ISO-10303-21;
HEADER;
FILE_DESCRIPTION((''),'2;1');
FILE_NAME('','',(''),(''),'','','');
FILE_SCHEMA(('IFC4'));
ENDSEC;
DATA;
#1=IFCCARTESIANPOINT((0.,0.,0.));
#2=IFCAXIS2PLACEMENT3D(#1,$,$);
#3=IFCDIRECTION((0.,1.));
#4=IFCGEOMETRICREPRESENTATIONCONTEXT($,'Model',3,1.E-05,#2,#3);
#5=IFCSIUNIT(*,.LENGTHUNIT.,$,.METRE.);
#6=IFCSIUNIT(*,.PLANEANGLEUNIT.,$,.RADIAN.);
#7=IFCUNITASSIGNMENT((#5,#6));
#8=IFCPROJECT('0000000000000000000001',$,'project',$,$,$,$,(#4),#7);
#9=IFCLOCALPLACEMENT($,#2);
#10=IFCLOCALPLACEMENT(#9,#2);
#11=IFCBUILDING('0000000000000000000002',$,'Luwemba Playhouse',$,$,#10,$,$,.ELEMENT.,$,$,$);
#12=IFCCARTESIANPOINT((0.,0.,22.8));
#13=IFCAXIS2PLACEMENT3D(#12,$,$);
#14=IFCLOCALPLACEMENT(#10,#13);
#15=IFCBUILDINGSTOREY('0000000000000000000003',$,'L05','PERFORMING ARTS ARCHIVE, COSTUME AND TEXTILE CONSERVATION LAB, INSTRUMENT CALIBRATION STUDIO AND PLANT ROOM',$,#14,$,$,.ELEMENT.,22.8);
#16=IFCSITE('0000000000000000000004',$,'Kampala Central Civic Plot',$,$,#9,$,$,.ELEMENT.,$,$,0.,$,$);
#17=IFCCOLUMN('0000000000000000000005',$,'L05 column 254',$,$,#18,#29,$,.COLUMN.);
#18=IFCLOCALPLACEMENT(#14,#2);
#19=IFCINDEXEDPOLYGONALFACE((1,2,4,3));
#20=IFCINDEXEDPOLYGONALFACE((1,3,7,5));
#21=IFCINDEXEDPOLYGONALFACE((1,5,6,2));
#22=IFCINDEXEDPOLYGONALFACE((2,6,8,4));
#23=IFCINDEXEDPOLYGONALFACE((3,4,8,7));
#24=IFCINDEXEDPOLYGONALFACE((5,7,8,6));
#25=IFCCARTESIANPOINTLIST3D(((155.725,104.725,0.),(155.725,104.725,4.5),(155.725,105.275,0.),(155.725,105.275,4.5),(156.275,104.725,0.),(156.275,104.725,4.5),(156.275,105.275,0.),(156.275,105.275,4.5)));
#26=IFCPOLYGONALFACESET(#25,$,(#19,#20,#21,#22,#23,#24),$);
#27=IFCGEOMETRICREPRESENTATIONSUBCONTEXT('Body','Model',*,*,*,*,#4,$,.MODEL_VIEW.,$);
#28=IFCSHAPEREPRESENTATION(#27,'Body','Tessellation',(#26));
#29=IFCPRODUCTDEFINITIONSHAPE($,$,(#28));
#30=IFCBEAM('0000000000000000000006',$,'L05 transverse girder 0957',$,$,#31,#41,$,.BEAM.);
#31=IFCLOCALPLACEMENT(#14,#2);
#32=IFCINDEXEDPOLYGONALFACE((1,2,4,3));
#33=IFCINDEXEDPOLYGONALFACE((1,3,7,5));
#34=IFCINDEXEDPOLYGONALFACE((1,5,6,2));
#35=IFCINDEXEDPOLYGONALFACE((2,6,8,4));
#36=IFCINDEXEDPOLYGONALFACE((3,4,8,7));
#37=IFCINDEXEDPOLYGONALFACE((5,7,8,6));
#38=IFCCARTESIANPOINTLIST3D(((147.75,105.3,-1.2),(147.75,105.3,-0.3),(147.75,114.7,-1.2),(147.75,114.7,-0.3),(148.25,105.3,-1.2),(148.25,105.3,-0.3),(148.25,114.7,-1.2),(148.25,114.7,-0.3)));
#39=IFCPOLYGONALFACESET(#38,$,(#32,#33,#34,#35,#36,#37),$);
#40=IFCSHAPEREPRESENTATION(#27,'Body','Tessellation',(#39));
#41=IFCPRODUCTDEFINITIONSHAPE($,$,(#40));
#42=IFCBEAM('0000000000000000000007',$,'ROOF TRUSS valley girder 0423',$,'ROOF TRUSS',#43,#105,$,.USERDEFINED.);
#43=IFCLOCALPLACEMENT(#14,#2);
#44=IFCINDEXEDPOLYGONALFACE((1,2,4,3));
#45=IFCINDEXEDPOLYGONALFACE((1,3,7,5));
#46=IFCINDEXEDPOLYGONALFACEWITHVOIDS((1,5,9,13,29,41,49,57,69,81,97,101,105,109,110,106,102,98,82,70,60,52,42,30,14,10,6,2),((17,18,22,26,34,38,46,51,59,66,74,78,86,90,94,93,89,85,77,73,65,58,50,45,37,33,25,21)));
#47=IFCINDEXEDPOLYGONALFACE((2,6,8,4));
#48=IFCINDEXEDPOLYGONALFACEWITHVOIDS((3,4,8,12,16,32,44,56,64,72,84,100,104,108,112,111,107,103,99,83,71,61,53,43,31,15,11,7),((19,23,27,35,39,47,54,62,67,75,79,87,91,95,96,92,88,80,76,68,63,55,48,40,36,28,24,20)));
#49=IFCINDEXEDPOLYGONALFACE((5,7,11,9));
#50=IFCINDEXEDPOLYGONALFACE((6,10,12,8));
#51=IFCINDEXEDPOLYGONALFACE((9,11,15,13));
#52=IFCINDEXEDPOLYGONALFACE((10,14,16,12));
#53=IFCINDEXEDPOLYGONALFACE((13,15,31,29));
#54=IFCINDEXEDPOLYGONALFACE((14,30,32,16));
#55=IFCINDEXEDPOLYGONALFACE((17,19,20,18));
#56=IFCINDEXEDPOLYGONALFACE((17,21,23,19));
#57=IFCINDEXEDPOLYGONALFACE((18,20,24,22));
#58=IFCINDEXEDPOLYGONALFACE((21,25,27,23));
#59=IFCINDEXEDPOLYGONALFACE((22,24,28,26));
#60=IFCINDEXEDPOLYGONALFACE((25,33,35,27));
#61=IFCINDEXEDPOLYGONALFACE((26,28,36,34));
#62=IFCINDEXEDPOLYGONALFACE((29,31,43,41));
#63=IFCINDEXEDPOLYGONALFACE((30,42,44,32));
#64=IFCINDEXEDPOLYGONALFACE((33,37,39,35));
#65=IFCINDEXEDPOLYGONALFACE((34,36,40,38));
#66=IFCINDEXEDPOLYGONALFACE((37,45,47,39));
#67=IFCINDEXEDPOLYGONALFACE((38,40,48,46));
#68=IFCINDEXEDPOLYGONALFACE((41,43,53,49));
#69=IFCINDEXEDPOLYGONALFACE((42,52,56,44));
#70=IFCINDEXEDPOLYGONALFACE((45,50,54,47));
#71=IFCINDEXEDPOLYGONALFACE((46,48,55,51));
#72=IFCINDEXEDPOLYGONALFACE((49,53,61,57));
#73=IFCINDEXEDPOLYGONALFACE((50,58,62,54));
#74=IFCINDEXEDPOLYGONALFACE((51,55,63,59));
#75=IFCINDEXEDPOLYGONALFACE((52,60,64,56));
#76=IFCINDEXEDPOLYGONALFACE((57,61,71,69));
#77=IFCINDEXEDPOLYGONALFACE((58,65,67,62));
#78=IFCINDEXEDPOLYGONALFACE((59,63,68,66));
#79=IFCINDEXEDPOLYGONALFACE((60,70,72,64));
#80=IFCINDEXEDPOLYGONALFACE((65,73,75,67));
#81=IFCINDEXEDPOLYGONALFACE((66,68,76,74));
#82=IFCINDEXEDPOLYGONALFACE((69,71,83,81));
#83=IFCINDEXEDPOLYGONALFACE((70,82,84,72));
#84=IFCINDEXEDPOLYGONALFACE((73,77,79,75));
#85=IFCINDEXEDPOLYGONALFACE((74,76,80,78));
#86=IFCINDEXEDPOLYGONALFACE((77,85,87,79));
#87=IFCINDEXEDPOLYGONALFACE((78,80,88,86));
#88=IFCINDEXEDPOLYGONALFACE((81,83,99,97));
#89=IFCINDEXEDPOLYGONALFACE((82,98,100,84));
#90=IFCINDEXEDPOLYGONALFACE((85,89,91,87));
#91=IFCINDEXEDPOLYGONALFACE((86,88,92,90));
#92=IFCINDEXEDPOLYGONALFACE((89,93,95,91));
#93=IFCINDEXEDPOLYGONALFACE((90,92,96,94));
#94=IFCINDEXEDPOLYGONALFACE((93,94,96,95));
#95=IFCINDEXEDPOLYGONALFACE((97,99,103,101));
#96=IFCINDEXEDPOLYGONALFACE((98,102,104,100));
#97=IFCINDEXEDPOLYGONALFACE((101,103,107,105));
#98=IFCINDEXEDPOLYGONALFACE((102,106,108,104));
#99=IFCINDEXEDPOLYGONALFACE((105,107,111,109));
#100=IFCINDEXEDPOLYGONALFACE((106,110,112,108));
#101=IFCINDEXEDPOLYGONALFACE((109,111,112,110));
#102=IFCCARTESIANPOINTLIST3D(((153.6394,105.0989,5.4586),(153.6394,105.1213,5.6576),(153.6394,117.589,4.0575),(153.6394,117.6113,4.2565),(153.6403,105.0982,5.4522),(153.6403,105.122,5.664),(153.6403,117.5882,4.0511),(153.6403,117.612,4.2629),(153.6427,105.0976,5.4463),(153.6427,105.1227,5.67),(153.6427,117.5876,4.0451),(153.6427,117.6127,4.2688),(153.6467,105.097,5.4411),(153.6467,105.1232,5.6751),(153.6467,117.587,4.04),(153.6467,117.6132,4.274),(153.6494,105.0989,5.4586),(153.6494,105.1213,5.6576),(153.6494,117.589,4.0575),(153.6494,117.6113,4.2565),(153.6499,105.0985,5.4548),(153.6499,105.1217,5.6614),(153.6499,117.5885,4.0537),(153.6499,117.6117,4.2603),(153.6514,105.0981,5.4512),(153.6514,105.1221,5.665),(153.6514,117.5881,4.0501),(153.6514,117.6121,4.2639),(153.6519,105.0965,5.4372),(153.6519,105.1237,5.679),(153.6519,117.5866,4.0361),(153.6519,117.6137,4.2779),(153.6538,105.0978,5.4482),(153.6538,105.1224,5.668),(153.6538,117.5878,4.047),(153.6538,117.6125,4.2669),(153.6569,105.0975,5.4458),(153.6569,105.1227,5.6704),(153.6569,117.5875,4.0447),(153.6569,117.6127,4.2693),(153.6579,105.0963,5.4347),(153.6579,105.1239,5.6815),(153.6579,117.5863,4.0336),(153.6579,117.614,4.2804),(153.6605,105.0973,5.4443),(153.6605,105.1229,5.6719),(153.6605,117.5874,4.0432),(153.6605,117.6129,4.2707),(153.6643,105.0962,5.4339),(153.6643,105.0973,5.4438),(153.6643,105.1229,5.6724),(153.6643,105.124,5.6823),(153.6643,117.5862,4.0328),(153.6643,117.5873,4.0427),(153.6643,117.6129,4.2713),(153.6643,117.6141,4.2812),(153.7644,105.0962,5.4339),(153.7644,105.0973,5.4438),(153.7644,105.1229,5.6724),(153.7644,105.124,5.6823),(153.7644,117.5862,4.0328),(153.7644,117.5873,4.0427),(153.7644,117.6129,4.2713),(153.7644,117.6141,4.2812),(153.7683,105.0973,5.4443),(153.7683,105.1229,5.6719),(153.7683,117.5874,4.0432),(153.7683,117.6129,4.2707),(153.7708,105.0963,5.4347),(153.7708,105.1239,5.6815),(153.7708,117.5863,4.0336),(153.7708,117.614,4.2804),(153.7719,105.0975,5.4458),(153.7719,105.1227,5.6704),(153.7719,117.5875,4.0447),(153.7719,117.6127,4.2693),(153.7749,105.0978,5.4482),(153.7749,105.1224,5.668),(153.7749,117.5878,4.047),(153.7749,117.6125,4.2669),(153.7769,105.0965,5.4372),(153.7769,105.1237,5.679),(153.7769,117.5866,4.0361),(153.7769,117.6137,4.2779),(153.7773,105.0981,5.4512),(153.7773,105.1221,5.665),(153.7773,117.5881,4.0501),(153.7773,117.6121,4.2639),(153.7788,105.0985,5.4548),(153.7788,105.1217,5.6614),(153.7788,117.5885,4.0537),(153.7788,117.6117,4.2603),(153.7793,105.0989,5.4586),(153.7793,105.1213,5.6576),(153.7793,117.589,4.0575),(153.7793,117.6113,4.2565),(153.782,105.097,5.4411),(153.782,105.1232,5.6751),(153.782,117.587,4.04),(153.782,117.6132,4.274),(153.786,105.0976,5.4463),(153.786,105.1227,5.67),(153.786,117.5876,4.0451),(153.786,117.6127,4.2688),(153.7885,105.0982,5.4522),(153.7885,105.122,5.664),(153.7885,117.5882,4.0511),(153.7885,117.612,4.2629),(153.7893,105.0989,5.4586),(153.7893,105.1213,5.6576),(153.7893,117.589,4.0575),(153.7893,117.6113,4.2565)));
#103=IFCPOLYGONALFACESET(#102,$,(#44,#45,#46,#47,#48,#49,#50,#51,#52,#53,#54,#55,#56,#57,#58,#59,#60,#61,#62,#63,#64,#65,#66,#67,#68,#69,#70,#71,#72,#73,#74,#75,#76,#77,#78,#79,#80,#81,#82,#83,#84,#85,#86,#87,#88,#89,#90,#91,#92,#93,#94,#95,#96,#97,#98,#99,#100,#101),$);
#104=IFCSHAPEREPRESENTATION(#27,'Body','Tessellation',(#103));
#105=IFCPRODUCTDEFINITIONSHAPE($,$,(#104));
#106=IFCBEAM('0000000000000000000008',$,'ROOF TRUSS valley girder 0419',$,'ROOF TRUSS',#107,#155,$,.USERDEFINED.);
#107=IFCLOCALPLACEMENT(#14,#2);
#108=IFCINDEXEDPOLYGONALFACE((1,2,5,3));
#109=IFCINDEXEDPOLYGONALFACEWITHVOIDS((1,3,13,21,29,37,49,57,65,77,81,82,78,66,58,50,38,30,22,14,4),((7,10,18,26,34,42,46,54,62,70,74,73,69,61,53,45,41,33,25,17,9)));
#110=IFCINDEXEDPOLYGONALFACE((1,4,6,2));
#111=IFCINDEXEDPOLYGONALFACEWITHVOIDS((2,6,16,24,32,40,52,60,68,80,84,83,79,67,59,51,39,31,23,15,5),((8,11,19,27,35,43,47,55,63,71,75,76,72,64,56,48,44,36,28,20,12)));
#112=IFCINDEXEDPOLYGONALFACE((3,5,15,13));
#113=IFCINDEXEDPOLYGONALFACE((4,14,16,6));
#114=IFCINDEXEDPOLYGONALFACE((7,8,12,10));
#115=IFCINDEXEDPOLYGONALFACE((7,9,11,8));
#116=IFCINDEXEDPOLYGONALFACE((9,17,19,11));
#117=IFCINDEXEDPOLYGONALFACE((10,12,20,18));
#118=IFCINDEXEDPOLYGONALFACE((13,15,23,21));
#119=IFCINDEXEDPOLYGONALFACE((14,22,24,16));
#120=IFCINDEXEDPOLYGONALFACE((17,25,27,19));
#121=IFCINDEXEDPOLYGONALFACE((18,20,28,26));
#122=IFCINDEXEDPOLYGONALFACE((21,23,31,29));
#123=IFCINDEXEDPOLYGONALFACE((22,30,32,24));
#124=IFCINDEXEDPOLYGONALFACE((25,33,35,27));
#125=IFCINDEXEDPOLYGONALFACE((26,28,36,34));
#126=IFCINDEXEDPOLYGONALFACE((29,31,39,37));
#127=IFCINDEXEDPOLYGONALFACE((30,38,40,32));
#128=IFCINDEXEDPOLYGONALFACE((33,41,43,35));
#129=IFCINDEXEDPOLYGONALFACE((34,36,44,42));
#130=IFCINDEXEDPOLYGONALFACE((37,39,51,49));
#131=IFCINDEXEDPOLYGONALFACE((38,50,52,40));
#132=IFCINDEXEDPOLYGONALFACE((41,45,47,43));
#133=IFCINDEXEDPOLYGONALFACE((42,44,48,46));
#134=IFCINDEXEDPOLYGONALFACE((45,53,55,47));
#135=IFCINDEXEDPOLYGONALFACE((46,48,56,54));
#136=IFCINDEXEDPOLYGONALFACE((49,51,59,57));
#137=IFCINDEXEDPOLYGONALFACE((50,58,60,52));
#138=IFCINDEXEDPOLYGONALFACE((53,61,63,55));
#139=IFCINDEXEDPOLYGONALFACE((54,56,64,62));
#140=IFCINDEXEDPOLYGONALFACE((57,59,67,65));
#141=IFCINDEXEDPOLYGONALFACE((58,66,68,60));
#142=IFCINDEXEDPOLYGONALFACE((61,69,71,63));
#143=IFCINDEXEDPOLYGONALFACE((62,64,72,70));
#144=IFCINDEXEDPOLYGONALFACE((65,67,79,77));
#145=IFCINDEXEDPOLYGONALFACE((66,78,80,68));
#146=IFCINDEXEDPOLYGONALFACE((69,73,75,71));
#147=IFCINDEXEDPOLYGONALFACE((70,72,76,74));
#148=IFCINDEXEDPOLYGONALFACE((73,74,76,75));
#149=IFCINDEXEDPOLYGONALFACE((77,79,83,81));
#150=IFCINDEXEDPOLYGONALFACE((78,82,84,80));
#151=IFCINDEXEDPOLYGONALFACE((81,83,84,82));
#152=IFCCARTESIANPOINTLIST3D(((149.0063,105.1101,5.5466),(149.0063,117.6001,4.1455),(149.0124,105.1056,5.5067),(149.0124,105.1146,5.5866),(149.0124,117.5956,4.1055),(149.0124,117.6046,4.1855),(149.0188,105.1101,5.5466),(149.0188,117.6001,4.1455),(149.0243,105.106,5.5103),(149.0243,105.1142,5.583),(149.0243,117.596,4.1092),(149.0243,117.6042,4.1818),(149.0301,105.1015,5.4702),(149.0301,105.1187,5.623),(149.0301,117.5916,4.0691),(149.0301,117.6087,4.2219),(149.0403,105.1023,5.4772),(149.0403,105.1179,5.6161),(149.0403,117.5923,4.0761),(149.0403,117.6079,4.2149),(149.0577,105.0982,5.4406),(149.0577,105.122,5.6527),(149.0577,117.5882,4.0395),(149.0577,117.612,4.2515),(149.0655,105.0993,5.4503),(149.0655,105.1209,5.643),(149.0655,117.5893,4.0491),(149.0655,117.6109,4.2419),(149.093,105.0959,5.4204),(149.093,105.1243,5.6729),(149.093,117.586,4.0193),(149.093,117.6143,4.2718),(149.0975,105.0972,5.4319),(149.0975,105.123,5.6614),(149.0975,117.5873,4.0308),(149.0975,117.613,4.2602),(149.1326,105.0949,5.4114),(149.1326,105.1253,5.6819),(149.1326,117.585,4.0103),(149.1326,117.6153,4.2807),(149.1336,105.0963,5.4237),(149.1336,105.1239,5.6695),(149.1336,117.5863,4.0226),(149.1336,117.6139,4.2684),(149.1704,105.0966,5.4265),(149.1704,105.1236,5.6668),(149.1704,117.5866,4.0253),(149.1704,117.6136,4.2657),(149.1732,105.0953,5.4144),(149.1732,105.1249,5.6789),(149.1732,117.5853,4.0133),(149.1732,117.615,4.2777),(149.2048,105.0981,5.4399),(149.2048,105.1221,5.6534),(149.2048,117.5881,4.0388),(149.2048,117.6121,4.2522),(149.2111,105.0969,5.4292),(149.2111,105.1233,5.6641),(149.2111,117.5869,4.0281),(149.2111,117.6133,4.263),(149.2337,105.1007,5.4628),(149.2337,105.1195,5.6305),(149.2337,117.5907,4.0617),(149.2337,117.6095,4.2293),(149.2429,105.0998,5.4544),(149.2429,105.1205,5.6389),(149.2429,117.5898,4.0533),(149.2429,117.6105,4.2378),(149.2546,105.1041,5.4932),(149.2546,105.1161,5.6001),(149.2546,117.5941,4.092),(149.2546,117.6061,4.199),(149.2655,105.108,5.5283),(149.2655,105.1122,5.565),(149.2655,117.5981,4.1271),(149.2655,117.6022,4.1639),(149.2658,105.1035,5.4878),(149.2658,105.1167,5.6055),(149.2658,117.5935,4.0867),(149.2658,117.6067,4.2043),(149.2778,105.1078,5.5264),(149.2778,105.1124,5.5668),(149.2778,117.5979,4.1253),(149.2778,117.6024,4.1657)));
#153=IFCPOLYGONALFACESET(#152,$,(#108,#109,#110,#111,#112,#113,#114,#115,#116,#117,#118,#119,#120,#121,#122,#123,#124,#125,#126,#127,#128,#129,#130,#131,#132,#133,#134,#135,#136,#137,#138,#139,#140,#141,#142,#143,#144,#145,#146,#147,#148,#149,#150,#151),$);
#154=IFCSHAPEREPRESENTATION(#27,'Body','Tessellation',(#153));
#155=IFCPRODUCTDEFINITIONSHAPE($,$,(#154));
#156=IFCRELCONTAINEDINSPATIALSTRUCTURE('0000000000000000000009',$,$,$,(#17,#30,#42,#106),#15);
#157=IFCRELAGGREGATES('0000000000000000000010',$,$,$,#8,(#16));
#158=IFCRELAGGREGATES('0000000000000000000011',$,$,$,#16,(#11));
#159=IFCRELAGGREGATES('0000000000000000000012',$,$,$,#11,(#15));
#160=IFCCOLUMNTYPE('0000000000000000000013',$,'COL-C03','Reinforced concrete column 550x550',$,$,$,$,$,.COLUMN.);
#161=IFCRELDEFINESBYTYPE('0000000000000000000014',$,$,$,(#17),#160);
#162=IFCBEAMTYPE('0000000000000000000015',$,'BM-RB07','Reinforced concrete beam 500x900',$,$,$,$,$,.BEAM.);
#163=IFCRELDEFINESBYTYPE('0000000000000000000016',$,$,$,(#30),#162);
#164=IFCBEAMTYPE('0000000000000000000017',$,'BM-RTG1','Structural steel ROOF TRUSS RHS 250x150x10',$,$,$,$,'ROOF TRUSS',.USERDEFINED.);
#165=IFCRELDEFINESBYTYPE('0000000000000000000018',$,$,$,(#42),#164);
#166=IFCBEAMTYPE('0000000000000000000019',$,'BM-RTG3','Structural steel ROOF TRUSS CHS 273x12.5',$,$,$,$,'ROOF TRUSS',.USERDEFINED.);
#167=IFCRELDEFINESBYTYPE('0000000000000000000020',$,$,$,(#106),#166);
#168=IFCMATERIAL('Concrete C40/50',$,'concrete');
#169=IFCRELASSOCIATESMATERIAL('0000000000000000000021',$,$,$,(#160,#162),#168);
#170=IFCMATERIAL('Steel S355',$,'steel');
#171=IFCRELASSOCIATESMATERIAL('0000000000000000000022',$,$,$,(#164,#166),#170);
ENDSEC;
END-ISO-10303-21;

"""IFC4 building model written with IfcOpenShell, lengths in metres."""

from ifc_helpers import new_model, si_unit, direction, frame, origin, origin_2d, place, context, subcontext, project, spatial, rectangle, hollow_rectangle, hollow_circle, extrude, material, material_profile, profile_set, type_object, element, save


model = new_model("IFC4")

# Units and contexts
model_context = context("Model", 3, precision=1e-05, world=origin(), true_north=direction((0.0, 1.0)))
body_context = subcontext(model_context, "Body", "Model", "MODEL_VIEW")
ifc_project = project(units=[si_unit("LENGTHUNIT", "METRE"), si_unit("PLANEANGLEUNIT", "RADIAN")], contexts=[model_context])

# Site, building, storey
site_placement = place(None, origin())
site = spatial("IfcSite", under=ifc_project, at=site_placement, Name="Kampala Central Civic Plot", CompositionType="ELEMENT", RefElevation=0.0)
building_placement = place(site_placement, origin())
building = spatial("IfcBuilding", under=site, at=building_placement, Name="Luwemba Playhouse", CompositionType="ELEMENT")
storey_placement = place(building_placement, frame((0.0, 0.0, 22.8)))
storey = spatial("IfcBuildingStorey", under=building, at=storey_placement, Name="L05", Description="PERFORMING ARTS ARCHIVE, COSTUME AND TEXTILE CONSERVATION LAB, INSTRUMENT CALIBRATION STUDIO AND PLANT ROOM", CompositionType="ELEMENT", Elevation=22.8)

# Column
ifc_material_1 = material(Name="Concrete C40/50", Category="concrete")
ifc_material_profile_1 = material_profile(ifc_material_1, rectangle(XDim=0.55, YDim=0.55, at=origin_2d()))
ifc_profile_set_1 = profile_set([ifc_material_profile_1], Name="Concrete C40/50")
column_type = type_object("IfcColumnType", Name="COL-C03", Description="Reinforced concrete column 550x550", PredefinedType="COLUMN", material=ifc_profile_set_1)
column_placement = place(storey_placement, frame((156.0, 105.0, 0.0), z_axis=(0.0, 0.0, 1.0), x_axis=(1.0, 0.0, 0.0)))
element("IfcColumn", 1, at=column_placement, inside=storey, type_object=column_type, Name="L05 column 254", PredefinedType="COLUMN", context=body_context, shape_type="SweptSolid", body=[
    extrude(rectangle(XDim=0.55, YDim=0.55, at=origin_2d()), origin(), (0.0, 0.0, 1.0), 4.5),
])

# Beams
ifc_material_profile_2 = material_profile(ifc_material_1, rectangle(XDim=0.5, YDim=0.8999, at=origin_2d()))
ifc_profile_set_2 = profile_set([ifc_material_profile_2], Name="Concrete C40/50")
beam_type_1 = type_object("IfcBeamType", Name="BM-RB07", Description="Reinforced concrete beam 500x900", PredefinedType="BEAM", material=ifc_profile_set_2)
beam_1_placement = place(storey_placement, frame((148.0, 105.3, -0.75), z_axis=(0.0, 1.0, 0.0), x_axis=(-1.0, 0.0, 0.0)))
element("IfcBeam", 2, at=beam_1_placement, inside=storey, type_object=beam_type_1, Name="L05 transverse girder 0957", PredefinedType="BEAM", context=body_context, shape_type="SweptSolid", body=[
    extrude(rectangle(XDim=0.5, YDim=0.8999, at=origin_2d()), origin(), (0.0, 0.0, 1.0), 9.3999),
])
ifc_material_2 = material(Name="Steel S355", Category="steel")
ifc_material_profile_3 = material_profile(ifc_material_2, hollow_rectangle(XDim=0.1499, YDim=0.25, WallThickness=0.01, InnerFilletRadius=0.0149, OuterFilletRadius=0.0249, at=origin_2d()))
ifc_profile_set_3 = profile_set([ifc_material_profile_3], Name="Steel S355")
beam_type_2 = type_object("IfcBeamType", Name="BM-RTG1", Description="Structural steel ROOF TRUSS RHS 250x150x10", ElementType="ROOF TRUSS", PredefinedType="USERDEFINED", material=ifc_profile_set_3)
beam_2_placement = place(storey_placement, frame((153.7144, 105.1101, 5.5581), z_axis=(0.0, 0.993767, -0.11148), x_axis=(-1.0, 0.0, 0.0)))
element("IfcBeam", 3, at=beam_2_placement, inside=storey, type_object=beam_type_2, Name="ROOF TRUSS valley girder 0423", ObjectType="ROOF TRUSS", PredefinedType="USERDEFINED", context=body_context, shape_type="SweptSolid", body=[
    extrude(hollow_rectangle(XDim=0.1499, YDim=0.25, WallThickness=0.01, InnerFilletRadius=0.0149, OuterFilletRadius=0.0249, at=origin_2d()), origin(), (0.0, 0.0, 1.0), 12.5684),
])
ifc_material_profile_4 = material_profile(ifc_material_2, hollow_circle(Radius=0.1365, WallThickness=0.0125, at=origin_2d()))
ifc_profile_set_4 = profile_set([ifc_material_profile_4], Name="Steel S355")
beam_type_3 = type_object("IfcBeamType", Name="BM-RTG3", Description="Structural steel ROOF TRUSS CHS 273x12.5", ElementType="ROOF TRUSS", PredefinedType="USERDEFINED", material=ifc_profile_set_4)
beam_3_placement = place(storey_placement, frame((149.1428, 105.1101, 5.5466), z_axis=(0.0, 0.993767, -0.11148), x_axis=(-1.0, 0.0, 0.0)))
element("IfcBeam", 4, at=beam_3_placement, inside=storey, type_object=beam_type_3, Name="ROOF TRUSS valley girder 0419", ObjectType="ROOF TRUSS", PredefinedType="USERDEFINED", context=body_context, shape_type="SweptSolid", body=[
    extrude(hollow_circle(Radius=0.1365, WallThickness=0.0125, at=origin_2d()), origin(), (0.0, 0.0, 1.0), 12.5684),
])

save(model, "model.ifc")
